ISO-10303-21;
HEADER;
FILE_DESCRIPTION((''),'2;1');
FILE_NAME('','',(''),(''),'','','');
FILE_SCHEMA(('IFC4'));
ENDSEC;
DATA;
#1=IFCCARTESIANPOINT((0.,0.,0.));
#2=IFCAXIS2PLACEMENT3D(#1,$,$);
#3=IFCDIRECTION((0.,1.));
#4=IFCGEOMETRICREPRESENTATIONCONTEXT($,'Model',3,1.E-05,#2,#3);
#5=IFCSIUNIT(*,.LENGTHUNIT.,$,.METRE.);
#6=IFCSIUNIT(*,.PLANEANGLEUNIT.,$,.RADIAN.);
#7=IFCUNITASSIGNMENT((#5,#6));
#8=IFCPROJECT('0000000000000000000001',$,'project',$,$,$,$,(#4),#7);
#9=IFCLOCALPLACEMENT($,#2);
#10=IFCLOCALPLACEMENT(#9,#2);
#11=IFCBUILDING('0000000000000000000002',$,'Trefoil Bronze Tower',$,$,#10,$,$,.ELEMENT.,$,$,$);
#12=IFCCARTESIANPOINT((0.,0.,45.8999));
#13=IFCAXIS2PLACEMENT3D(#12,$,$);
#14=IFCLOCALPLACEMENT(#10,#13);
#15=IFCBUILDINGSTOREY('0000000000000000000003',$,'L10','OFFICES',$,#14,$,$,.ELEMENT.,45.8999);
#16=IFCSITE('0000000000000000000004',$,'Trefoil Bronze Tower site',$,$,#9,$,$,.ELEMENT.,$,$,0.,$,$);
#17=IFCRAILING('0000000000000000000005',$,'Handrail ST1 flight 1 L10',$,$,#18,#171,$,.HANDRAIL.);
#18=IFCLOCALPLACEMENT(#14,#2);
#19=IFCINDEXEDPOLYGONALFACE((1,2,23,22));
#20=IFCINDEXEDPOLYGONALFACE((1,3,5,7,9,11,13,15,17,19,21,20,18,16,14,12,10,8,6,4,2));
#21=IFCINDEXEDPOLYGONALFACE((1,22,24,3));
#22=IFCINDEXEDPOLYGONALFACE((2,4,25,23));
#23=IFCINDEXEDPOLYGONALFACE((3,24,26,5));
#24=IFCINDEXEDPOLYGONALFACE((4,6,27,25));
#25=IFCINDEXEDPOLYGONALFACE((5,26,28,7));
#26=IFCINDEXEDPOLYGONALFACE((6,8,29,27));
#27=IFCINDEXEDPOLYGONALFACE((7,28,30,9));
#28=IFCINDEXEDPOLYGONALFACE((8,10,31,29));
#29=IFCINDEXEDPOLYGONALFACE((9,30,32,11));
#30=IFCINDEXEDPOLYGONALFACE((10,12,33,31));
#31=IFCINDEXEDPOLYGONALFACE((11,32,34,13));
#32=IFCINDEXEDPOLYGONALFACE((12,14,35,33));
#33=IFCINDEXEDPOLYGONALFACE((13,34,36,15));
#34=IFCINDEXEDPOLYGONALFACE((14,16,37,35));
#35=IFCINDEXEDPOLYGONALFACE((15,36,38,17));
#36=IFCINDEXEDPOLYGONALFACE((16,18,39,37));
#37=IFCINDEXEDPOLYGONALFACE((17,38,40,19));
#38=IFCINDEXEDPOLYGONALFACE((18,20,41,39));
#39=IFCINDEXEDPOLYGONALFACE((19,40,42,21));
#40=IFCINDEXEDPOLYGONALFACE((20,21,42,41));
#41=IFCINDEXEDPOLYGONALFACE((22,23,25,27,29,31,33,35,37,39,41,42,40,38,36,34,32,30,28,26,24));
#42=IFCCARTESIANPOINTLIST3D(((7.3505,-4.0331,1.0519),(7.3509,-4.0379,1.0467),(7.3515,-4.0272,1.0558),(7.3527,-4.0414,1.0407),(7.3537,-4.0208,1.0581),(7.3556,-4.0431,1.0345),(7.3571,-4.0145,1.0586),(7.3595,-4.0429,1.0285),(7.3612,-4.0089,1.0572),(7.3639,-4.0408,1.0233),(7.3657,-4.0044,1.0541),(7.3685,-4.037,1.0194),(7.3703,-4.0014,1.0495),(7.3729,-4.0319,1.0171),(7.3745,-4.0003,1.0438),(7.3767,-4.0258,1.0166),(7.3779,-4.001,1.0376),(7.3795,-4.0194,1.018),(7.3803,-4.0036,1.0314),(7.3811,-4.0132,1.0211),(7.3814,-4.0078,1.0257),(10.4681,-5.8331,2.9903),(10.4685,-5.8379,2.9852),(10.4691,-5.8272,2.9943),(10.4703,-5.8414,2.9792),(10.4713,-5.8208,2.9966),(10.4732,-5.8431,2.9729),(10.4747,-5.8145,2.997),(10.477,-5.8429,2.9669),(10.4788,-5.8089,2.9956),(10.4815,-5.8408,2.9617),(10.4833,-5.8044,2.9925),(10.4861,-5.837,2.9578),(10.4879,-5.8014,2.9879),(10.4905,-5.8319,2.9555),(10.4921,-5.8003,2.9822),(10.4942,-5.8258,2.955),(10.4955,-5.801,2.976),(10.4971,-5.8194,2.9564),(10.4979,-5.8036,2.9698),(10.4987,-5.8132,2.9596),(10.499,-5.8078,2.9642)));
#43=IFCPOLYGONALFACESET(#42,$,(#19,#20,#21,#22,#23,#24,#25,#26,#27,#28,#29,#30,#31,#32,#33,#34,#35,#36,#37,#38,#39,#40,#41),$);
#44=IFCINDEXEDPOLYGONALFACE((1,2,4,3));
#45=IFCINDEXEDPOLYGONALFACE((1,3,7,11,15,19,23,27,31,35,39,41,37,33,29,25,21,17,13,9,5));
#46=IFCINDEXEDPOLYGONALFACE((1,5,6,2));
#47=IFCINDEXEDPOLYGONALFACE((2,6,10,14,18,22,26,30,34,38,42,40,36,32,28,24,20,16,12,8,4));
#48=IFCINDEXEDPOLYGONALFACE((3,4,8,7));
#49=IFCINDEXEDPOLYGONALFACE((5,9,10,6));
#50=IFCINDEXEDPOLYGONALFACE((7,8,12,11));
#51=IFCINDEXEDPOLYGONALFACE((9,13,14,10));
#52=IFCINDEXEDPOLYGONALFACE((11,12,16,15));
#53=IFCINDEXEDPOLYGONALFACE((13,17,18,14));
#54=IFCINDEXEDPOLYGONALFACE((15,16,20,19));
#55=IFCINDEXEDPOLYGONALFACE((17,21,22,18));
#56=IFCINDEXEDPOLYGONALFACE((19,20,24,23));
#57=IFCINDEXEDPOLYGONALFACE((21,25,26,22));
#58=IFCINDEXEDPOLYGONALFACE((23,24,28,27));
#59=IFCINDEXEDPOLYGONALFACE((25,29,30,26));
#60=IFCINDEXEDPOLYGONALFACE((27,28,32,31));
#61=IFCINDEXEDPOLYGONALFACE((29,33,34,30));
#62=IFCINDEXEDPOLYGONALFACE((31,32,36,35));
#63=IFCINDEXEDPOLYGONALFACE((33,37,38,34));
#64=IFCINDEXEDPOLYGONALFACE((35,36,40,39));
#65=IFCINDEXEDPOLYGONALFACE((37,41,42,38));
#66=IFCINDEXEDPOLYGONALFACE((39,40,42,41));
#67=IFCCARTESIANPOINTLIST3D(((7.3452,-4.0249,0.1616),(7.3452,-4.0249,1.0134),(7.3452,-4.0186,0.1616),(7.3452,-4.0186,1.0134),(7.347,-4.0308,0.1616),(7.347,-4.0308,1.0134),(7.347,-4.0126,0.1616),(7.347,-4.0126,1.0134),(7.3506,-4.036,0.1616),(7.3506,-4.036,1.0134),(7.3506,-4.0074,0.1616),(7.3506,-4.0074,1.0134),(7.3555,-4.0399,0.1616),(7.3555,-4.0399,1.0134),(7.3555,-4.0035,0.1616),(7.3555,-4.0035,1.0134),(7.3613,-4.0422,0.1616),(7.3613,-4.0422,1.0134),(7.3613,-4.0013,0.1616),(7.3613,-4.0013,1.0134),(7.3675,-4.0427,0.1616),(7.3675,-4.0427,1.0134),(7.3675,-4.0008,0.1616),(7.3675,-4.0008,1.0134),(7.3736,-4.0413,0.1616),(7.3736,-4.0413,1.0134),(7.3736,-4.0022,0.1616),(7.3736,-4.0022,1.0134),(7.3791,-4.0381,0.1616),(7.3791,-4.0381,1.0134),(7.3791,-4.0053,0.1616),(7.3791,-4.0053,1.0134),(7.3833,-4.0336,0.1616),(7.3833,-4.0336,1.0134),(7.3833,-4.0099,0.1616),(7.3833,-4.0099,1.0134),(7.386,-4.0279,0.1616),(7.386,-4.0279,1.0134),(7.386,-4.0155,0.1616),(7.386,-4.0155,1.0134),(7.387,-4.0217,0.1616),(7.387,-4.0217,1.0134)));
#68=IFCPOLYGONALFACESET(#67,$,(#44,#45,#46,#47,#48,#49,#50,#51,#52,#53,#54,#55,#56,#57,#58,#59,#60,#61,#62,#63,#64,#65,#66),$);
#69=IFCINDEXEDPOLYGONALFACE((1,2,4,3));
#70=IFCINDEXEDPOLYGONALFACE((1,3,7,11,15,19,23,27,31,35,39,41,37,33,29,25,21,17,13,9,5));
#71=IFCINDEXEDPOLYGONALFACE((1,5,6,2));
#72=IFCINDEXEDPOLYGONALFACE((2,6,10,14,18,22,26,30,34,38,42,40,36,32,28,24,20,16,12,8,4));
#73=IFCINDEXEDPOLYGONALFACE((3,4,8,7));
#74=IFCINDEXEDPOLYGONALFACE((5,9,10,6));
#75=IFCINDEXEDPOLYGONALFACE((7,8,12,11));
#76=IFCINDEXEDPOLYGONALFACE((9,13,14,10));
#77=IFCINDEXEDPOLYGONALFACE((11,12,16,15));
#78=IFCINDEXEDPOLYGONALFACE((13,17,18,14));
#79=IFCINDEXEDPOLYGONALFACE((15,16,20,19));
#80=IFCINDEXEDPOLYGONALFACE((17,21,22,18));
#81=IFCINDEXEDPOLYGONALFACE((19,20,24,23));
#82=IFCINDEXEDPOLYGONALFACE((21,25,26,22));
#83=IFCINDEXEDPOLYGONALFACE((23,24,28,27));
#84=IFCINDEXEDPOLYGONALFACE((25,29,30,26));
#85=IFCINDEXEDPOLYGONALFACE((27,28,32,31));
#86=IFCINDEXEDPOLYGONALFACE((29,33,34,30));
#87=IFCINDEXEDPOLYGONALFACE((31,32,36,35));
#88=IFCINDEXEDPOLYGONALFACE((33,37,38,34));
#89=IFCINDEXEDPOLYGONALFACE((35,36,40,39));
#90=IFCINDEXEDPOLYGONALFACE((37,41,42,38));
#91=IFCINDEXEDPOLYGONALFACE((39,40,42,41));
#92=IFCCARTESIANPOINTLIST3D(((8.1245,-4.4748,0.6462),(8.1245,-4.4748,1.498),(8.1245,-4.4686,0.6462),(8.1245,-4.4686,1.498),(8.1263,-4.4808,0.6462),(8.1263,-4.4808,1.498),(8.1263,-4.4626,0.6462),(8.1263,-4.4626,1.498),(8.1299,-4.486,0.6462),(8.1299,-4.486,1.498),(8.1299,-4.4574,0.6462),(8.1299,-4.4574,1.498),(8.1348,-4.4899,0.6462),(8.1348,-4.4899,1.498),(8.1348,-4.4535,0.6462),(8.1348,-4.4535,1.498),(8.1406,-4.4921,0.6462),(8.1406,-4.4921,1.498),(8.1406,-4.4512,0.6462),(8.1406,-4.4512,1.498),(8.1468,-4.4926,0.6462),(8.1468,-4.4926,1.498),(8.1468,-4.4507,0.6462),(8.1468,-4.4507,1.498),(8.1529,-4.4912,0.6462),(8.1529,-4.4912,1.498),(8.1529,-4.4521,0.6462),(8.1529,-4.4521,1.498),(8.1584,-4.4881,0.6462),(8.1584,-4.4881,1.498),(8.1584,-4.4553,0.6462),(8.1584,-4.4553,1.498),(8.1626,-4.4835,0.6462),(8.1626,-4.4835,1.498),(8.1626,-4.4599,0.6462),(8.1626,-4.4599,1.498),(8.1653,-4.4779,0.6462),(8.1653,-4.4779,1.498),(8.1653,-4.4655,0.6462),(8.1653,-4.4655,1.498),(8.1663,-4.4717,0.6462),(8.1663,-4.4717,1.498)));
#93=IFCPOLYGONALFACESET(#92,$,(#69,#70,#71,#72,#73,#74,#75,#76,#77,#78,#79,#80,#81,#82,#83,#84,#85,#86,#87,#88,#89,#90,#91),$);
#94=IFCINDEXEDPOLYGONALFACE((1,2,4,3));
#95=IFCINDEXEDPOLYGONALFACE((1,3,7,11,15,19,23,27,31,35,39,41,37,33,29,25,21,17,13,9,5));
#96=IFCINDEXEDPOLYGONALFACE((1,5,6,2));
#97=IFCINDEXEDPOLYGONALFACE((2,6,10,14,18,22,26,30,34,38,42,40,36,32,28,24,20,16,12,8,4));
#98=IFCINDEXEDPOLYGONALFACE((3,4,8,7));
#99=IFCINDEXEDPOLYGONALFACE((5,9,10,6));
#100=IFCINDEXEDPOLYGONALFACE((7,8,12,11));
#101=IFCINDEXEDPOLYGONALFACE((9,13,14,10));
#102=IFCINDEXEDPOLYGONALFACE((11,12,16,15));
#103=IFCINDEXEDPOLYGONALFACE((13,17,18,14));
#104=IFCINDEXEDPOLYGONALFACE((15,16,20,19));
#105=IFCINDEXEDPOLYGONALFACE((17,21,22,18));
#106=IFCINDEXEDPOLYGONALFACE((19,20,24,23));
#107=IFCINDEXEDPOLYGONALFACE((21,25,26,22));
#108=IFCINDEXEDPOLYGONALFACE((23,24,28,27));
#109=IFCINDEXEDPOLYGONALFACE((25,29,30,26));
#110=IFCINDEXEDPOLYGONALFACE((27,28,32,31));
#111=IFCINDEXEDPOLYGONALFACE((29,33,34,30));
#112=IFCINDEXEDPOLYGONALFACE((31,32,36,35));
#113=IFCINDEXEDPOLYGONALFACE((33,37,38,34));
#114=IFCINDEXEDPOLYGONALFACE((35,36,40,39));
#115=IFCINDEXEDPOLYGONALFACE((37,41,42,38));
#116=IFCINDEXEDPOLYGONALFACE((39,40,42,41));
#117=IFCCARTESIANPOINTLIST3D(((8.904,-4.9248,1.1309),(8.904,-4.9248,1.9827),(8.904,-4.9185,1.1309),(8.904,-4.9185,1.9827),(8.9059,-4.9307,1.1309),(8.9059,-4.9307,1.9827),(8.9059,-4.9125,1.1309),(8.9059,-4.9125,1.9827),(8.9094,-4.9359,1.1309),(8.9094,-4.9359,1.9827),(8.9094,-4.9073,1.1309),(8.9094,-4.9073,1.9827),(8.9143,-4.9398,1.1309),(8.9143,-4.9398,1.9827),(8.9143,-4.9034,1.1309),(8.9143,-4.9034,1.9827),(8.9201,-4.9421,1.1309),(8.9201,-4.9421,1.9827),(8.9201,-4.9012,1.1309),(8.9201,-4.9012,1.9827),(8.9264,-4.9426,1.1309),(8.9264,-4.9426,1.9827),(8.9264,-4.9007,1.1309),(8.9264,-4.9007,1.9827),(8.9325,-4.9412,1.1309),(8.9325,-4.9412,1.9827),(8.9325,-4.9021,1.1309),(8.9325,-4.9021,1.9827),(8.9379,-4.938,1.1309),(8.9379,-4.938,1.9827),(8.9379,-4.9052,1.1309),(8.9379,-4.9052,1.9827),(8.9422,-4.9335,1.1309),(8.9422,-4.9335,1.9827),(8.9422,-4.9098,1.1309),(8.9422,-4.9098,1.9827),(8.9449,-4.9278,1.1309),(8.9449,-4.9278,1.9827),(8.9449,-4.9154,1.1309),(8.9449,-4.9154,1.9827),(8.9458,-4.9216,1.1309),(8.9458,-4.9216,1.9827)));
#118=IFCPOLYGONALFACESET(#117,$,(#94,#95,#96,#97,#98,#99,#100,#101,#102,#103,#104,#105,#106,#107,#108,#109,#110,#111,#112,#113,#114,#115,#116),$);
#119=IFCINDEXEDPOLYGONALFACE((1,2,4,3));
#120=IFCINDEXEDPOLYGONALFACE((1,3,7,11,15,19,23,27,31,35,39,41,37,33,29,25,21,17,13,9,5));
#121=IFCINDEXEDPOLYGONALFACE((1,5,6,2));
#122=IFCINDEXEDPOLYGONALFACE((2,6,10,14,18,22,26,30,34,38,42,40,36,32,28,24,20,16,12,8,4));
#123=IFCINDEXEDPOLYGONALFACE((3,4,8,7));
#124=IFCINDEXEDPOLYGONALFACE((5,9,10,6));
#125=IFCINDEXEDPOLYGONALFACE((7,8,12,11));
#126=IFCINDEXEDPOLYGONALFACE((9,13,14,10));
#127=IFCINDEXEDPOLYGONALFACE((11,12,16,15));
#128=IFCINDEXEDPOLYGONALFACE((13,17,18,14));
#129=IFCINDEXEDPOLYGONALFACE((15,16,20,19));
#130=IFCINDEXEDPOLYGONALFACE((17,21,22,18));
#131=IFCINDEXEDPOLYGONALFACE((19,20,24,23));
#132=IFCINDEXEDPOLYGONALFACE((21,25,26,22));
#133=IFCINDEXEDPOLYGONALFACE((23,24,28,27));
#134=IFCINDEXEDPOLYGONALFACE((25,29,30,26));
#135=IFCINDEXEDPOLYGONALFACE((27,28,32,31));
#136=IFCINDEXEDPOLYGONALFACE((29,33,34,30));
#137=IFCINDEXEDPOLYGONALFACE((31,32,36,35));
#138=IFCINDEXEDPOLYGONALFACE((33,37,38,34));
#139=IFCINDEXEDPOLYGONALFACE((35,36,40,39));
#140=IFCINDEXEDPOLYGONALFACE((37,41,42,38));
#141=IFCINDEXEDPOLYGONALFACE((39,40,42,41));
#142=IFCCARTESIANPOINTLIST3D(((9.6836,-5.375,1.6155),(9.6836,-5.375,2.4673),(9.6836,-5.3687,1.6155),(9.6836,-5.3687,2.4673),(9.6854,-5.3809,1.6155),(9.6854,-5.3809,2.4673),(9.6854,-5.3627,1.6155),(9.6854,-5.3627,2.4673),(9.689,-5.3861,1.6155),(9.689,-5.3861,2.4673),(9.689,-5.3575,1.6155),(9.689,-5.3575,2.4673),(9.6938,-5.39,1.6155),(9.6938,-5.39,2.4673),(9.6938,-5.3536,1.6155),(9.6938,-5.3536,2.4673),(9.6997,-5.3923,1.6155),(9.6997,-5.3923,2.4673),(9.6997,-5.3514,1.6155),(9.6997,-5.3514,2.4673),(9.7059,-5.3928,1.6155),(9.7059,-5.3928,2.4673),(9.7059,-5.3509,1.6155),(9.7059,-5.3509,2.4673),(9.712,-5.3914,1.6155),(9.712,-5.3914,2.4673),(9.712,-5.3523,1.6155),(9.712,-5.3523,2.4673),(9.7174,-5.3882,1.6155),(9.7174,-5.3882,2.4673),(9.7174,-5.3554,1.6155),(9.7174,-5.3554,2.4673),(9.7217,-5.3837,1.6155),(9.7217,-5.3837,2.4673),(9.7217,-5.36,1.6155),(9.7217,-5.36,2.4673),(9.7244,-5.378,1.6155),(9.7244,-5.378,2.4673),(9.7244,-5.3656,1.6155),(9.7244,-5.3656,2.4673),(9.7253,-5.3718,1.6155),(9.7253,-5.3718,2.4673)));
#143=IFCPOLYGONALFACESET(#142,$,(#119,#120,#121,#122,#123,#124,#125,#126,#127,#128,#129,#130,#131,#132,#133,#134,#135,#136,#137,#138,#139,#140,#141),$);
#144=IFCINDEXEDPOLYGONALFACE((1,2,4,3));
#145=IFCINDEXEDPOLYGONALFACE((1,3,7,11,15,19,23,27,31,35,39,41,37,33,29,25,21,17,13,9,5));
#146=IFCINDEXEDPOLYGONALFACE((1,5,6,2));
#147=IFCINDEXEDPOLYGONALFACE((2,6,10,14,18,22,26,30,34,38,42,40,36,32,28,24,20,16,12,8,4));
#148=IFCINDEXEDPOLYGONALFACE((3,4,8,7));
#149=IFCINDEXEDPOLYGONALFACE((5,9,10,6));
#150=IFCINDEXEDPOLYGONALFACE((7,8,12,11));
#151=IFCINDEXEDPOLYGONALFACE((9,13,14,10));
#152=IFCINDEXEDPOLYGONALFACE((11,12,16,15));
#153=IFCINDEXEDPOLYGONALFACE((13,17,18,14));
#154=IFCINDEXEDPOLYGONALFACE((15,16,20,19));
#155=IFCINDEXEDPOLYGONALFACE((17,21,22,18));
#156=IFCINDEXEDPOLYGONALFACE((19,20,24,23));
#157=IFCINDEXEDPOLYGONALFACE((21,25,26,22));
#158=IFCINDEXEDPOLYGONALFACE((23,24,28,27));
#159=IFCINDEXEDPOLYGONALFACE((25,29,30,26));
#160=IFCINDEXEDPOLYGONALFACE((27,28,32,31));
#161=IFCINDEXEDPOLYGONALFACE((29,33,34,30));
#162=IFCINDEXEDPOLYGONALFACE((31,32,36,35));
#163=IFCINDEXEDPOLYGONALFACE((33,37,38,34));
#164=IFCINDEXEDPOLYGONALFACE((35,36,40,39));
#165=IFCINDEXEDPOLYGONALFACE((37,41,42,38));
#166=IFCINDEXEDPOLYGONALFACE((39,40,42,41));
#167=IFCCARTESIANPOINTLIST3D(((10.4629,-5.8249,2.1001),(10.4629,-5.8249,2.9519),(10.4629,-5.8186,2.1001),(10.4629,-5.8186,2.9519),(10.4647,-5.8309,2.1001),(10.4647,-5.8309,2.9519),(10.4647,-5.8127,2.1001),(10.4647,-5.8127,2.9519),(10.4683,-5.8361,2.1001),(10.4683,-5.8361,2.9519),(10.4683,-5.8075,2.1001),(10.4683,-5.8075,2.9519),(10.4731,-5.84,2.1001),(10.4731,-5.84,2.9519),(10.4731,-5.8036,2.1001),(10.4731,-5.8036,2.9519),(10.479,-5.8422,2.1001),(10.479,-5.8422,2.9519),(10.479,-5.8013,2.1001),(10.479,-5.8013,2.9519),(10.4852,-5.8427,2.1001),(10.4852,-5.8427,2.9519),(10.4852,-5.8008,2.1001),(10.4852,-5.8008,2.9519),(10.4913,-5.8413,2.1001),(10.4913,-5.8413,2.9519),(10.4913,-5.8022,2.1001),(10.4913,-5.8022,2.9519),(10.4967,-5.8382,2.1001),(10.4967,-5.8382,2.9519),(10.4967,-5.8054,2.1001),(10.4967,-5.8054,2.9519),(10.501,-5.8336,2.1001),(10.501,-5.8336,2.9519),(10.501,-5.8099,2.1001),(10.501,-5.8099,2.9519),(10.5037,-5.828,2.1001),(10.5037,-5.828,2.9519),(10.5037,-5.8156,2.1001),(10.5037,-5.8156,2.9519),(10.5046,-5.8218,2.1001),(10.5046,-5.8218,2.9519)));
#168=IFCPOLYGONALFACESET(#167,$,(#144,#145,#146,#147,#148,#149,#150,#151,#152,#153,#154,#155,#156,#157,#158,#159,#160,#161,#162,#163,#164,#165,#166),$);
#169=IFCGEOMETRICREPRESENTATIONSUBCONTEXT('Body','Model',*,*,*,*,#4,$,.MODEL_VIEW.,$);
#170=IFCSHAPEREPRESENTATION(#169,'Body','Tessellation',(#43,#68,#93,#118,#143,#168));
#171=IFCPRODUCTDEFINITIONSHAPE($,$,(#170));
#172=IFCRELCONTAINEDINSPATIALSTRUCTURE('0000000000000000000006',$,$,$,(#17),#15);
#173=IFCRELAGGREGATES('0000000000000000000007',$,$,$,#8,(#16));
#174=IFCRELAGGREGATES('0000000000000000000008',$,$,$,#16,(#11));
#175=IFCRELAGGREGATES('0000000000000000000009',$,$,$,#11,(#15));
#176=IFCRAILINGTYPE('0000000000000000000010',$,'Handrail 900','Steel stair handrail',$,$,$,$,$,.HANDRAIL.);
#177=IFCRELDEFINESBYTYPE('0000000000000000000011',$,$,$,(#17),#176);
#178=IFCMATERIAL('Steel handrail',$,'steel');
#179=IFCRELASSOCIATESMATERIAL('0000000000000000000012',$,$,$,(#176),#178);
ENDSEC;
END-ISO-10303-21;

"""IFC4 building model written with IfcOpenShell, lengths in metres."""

from ifc_helpers import new_model, si_unit, direction, frame, origin, origin_2d, place, context, subcontext, project, spatial, circle, extrude, material, type_object, element, save


model = new_model("IFC4")

# Units and contexts
model_context = context("Model", 3, precision=1e-05, world=origin(), true_north=direction((0.0, 1.0)))
body_context = subcontext(model_context, "Body", "Model", "MODEL_VIEW")
ifc_project = project(units=[si_unit("LENGTHUNIT", "METRE"), si_unit("PLANEANGLEUNIT", "RADIAN")], contexts=[model_context])

# Site, building, storey
site_placement = place(None, origin())
site = spatial("IfcSite", under=ifc_project, at=site_placement, Name="Trefoil Bronze Tower site", CompositionType="ELEMENT", RefElevation=0.0)
building_placement = place(site_placement, origin())
building = spatial("IfcBuilding", under=site, at=building_placement, Name="Trefoil Bronze Tower", CompositionType="ELEMENT")
storey_placement = place(building_placement, frame((0.0, 0.0, 45.8999)))
storey = spatial("IfcBuildingStorey", under=building, at=storey_placement, Name="L10", Description="OFFICES", CompositionType="ELEMENT", Elevation=45.8999)

# Railing
ifc_material_1 = material(Name="Steel handrail", Category="steel")
railing_type = type_object("IfcRailingType", Name="Handrail 900", Description="Steel stair handrail", PredefinedType="HANDRAIL", material=ifc_material_1)
railing_placement = place(storey_placement, frame((7.366, -4.0217, 0.1616)))
element("IfcRailing", 1, at=railing_placement, inside=storey, type_object=railing_type, Name="Handrail ST1 flight 1 L10", PredefinedType="HANDRAIL", context=body_context, shape_type="SweptSolid", body=[
    extrude(circle(Radius=0.0239, at=origin_2d()), frame((0.0, 0.0, 0.876), z_axis=(0.762503, -0.440246, 0.474102), x_axis=(0.500012, 0.866018, 0.0)), (0.0, 0.0, 1.0), 4.0886),
    extrude(circle(Radius=0.021, at=origin_2d()), origin(), (0.0, 0.0, 1.0), 0.8518),
    extrude(circle(Radius=0.021, at=origin_2d()), frame((0.7793, -0.45, 0.4846)), (0.0, 0.0, 1.0), 0.8518),
    extrude(circle(Radius=0.021, at=origin_2d()), frame((1.5588, -0.8999, 0.9692)), (0.0, 0.0, 1.0), 0.8518),
    extrude(circle(Radius=0.021, at=origin_2d()), frame((2.3384, -1.3501, 1.4539)), (0.0, 0.0, 1.0), 0.8518),
    extrude(circle(Radius=0.021, at=origin_2d()), frame((3.1177, -1.8, 1.9385)), (0.0, 0.0, 1.0), 0.8518),
])

save(model, "model.ifc")
